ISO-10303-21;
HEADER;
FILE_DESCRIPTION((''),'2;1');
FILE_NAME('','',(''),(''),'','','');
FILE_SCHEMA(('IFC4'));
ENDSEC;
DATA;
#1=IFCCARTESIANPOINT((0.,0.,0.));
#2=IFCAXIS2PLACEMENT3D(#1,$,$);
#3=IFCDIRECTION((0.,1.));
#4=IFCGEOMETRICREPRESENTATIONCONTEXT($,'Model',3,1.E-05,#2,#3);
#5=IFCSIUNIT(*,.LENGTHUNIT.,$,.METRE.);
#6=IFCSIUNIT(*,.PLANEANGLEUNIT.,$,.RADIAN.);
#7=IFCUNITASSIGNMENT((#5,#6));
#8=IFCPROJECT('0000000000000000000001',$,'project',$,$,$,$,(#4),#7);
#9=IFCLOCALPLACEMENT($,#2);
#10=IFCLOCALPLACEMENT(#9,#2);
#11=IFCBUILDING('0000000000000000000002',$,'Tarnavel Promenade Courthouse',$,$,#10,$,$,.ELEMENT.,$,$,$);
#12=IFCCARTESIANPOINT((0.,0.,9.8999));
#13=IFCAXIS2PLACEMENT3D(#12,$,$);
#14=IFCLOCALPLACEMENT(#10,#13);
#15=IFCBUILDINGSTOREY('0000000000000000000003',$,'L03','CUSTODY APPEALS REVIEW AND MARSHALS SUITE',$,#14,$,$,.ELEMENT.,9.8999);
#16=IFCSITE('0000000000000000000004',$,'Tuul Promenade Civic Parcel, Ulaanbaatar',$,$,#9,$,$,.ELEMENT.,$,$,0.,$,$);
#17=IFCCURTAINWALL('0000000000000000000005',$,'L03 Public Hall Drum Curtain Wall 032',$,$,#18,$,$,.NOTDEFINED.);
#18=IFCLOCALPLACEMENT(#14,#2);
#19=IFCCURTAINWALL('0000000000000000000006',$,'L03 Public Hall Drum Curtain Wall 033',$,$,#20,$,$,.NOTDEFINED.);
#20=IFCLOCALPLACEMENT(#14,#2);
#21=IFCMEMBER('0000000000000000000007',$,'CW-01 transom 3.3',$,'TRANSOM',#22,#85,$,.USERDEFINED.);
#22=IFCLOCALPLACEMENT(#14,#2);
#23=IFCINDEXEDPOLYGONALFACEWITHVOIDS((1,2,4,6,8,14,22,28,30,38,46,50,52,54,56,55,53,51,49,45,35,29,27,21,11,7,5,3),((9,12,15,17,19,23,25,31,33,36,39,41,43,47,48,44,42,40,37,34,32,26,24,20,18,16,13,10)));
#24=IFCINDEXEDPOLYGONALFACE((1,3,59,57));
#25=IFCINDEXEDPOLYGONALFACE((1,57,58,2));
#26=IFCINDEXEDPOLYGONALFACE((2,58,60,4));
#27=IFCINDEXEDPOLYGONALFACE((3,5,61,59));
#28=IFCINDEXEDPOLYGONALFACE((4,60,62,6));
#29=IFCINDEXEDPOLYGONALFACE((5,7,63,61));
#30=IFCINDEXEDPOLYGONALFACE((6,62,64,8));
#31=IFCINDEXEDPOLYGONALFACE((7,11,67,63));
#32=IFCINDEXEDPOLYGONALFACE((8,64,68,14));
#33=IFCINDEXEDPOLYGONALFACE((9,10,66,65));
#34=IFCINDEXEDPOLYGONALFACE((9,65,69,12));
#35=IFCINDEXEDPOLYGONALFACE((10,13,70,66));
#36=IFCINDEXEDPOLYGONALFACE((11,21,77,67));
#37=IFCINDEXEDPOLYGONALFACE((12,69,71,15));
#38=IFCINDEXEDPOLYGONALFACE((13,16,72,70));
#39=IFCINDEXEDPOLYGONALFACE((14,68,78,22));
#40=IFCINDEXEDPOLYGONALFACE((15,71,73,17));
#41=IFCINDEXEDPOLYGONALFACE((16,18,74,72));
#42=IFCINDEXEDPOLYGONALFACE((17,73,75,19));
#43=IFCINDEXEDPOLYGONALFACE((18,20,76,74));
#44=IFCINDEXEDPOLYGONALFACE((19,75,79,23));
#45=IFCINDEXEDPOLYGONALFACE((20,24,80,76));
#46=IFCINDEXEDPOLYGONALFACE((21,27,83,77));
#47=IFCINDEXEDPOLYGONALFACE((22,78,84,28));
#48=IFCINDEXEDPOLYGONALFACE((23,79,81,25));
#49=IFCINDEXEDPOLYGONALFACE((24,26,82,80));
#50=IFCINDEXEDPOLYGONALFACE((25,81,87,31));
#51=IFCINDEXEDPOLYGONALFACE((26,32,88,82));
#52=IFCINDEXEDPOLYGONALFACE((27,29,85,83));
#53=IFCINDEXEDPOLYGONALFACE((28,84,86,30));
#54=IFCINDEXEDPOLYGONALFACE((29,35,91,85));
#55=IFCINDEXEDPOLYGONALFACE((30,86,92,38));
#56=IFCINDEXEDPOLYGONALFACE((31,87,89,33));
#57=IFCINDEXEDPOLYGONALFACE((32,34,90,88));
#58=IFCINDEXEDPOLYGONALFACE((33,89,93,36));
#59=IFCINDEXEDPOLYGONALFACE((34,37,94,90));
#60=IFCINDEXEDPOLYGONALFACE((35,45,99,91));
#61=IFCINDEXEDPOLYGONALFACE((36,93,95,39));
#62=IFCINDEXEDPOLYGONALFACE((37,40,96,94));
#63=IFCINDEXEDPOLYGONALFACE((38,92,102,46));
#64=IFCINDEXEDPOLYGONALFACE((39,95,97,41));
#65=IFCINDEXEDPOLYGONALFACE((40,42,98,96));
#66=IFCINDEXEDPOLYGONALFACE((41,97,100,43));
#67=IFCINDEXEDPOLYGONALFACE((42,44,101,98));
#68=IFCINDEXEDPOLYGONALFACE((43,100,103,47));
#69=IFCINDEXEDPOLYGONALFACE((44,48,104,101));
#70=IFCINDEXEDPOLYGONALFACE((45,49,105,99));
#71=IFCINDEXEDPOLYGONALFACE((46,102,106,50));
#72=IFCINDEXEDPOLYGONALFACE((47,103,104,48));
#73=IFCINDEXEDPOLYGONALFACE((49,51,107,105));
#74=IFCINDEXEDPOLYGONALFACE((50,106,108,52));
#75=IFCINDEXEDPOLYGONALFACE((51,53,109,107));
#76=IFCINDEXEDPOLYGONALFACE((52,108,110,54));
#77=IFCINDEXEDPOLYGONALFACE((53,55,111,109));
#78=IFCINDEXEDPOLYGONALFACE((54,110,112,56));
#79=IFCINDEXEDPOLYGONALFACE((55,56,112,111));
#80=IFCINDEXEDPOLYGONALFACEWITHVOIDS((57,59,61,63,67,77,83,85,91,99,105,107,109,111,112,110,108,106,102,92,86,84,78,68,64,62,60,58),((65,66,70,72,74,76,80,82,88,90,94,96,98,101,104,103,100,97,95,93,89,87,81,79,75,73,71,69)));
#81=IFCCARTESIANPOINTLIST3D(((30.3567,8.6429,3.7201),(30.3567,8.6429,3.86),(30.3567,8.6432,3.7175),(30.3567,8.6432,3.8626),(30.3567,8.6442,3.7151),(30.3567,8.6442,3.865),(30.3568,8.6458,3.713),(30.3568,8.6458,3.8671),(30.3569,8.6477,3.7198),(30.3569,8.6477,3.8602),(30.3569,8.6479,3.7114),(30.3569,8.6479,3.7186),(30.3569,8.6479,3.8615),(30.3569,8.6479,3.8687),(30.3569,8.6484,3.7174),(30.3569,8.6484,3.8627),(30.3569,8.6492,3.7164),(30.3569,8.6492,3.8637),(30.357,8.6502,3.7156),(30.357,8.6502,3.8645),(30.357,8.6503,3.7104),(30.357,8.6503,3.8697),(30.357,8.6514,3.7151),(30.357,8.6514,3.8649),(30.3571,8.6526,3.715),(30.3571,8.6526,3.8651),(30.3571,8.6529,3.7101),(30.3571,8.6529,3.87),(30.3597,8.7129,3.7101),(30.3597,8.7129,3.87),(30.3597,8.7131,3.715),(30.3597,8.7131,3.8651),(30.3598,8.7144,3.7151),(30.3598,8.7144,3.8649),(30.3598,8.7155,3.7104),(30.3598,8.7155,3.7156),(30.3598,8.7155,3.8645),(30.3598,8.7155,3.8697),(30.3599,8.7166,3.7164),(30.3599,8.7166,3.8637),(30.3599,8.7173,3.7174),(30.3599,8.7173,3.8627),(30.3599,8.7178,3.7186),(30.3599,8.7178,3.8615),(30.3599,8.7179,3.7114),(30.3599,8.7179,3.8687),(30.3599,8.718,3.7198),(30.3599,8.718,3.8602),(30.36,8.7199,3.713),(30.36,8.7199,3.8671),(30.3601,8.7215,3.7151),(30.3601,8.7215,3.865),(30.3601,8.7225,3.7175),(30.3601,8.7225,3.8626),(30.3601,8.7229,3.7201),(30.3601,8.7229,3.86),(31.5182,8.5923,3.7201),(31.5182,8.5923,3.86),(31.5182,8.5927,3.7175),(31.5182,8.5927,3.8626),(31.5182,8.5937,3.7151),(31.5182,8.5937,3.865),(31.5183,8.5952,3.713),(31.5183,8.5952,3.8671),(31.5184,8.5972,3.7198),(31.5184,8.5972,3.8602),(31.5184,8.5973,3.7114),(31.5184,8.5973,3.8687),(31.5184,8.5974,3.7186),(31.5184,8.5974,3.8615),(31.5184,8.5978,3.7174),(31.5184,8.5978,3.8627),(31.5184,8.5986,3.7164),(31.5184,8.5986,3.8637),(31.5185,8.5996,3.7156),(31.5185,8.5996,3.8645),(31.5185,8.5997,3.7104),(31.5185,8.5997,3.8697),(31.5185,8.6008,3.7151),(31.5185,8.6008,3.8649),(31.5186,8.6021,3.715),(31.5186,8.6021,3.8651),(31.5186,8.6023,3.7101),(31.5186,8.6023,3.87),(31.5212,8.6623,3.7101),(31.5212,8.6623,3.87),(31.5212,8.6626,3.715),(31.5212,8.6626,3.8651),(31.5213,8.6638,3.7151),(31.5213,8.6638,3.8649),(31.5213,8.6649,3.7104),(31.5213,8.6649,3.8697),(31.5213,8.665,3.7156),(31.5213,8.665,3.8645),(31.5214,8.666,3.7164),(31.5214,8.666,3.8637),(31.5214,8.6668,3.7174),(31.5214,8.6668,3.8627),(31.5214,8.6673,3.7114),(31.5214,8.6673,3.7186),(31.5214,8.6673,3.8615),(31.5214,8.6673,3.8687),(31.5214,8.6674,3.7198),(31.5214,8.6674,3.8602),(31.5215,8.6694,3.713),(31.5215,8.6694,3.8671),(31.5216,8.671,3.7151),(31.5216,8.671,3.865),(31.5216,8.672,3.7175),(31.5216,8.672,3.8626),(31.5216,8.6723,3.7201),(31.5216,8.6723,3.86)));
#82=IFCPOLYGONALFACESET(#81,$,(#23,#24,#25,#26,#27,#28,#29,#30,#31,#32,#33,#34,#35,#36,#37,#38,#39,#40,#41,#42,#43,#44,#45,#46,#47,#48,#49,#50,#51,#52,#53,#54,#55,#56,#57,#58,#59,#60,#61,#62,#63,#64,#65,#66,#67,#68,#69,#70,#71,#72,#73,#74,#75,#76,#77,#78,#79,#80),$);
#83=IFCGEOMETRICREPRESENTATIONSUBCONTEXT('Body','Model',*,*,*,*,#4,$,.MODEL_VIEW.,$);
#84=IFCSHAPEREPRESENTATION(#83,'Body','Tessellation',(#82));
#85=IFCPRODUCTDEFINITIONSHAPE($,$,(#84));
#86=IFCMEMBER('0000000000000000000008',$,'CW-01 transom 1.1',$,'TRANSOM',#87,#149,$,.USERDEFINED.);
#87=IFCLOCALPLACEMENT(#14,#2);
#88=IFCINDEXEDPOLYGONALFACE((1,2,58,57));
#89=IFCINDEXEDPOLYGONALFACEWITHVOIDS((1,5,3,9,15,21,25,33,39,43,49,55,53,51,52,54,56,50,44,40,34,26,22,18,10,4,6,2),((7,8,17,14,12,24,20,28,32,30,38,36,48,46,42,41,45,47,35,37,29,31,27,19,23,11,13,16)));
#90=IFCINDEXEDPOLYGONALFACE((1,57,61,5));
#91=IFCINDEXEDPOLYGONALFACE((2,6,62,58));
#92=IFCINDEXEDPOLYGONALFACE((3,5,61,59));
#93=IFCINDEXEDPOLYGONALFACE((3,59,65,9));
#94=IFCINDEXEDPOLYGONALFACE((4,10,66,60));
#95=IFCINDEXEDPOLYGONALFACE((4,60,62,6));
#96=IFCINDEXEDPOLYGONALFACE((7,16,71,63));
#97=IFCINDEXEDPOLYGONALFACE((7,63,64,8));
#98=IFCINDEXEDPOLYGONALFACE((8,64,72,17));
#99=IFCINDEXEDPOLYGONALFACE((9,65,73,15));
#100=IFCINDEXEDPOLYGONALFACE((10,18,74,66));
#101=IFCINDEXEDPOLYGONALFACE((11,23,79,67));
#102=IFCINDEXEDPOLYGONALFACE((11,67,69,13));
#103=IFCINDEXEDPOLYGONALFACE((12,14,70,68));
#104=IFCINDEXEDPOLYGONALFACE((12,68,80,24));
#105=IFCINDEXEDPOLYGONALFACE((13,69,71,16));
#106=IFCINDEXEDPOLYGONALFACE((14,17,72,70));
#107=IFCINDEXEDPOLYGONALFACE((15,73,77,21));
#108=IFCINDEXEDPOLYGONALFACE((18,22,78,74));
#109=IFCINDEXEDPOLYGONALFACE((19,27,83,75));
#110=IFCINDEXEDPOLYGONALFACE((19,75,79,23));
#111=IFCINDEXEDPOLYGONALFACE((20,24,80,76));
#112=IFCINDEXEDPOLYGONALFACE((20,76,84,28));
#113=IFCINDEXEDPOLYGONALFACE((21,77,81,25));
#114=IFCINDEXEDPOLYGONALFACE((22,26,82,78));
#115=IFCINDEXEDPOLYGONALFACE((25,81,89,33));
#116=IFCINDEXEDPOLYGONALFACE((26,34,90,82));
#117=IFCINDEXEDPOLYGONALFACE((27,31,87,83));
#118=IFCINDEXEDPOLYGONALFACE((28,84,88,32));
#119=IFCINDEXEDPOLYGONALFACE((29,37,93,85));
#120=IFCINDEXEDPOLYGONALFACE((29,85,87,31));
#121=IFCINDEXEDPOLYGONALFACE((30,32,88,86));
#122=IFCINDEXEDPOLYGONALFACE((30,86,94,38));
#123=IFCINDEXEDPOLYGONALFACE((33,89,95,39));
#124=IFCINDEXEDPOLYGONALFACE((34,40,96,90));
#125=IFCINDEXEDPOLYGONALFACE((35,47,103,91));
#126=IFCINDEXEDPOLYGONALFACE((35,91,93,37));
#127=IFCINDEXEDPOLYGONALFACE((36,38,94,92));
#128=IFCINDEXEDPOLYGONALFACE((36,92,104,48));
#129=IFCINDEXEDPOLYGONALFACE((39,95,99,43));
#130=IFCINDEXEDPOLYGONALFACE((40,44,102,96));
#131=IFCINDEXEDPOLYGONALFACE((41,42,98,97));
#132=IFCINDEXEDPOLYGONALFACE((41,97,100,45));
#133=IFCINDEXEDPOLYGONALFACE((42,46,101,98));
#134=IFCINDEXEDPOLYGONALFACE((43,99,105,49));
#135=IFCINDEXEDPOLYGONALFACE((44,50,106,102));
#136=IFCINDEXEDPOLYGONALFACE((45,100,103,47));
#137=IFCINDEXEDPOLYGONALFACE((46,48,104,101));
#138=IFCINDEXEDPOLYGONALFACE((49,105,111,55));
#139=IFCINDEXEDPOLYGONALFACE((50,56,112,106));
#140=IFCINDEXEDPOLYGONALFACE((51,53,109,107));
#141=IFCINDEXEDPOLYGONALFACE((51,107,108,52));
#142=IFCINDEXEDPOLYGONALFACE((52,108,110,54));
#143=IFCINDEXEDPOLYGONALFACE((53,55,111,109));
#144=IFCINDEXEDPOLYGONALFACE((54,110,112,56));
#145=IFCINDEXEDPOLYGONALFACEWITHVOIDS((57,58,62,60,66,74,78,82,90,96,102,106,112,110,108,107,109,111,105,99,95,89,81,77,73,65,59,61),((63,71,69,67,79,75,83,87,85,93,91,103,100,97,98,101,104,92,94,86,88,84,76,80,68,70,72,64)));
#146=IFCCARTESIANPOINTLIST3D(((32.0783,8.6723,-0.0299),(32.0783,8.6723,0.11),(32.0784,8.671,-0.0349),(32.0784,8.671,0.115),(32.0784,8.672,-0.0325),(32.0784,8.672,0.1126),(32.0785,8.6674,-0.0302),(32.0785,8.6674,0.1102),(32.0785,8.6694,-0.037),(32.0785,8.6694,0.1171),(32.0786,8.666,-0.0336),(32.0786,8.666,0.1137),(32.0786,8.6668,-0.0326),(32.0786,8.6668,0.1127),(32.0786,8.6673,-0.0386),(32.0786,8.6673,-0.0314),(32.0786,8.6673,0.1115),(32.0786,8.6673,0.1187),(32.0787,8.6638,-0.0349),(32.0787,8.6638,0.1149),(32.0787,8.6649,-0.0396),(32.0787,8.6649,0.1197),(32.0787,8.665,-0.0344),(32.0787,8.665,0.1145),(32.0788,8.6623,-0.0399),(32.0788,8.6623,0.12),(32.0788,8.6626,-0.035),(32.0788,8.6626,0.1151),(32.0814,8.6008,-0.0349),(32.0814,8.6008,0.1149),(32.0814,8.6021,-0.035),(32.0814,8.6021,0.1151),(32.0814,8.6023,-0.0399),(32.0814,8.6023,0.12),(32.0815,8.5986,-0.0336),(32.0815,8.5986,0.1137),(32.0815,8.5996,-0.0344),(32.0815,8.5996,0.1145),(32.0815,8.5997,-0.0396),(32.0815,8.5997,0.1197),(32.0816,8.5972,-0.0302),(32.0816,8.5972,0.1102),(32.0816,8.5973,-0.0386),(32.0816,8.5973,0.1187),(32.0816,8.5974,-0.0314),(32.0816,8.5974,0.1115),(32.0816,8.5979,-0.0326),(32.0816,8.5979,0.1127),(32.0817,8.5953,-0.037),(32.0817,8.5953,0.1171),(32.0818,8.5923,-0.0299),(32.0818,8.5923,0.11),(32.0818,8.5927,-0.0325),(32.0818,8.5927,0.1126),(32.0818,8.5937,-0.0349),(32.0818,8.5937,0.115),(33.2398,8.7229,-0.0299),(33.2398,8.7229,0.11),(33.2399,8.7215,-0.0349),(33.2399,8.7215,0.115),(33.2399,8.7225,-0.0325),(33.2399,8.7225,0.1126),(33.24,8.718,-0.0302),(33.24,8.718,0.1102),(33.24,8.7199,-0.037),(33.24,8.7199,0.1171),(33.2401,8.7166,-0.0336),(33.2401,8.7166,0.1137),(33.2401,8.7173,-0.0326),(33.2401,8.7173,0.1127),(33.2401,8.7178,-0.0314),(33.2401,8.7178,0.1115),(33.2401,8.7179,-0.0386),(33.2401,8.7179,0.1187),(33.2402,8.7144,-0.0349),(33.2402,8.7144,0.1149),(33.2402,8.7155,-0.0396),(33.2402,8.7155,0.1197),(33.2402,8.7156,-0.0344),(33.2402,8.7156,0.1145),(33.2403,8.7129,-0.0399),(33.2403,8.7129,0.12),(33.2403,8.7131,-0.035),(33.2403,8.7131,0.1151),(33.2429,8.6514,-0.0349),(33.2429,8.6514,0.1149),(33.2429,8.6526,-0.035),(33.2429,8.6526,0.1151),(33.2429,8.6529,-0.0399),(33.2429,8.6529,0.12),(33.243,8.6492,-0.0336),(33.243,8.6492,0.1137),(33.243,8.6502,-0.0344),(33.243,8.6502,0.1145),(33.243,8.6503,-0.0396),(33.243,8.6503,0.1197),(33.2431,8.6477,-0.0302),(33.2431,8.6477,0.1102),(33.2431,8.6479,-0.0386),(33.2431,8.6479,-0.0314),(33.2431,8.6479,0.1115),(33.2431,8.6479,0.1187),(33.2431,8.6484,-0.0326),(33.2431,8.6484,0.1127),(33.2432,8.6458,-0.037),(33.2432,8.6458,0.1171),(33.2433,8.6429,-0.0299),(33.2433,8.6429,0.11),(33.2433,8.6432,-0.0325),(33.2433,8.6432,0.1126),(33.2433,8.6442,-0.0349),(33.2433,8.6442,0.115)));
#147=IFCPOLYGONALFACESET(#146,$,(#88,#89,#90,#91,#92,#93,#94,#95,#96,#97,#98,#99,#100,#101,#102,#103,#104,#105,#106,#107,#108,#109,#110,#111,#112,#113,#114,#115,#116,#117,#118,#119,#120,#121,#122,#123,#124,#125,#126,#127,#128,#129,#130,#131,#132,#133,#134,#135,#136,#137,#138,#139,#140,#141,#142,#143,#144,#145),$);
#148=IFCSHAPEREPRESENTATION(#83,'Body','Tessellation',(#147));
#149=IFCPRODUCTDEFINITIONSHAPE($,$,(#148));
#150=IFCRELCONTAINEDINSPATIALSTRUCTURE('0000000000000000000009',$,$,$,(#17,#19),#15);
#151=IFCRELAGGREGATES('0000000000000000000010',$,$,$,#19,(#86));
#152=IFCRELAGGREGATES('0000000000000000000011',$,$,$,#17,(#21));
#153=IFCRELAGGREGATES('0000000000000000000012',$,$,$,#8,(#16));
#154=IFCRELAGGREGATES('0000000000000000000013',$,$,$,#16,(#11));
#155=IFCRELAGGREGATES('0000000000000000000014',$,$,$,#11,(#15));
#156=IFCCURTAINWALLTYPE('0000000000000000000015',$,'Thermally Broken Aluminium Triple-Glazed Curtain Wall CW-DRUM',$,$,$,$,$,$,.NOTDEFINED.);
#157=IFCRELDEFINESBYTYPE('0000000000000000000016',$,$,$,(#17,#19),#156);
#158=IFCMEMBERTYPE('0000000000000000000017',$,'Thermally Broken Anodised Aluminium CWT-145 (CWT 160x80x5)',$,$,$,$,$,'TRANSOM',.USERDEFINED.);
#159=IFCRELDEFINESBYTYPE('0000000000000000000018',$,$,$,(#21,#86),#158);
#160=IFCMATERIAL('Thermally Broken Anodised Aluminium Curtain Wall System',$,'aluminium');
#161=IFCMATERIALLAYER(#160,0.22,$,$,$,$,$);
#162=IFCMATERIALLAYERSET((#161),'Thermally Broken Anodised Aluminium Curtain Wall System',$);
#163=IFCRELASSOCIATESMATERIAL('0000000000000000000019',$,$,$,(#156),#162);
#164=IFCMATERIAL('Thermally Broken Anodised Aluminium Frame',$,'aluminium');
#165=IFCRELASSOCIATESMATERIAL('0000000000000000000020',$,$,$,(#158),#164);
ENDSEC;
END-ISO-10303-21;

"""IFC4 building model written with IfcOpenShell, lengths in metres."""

from ifc_helpers import new_model, si_unit, direction, frame, origin, origin_2d, place, context, subcontext, project, spatial, hollow_rectangle, extrude, material, layer, layer_set, material_profile, profile_set, type_object, element, aggregate, save


model = new_model("IFC4")

# Units and contexts
model_context = context("Model", 3, precision=1e-05, world=origin(), true_north=direction((0.0, 1.0)))
body_context = subcontext(model_context, "Body", "Model", "MODEL_VIEW")
ifc_project = project(units=[si_unit("LENGTHUNIT", "METRE"), si_unit("PLANEANGLEUNIT", "RADIAN")], contexts=[model_context])

# Site, building, storey
site_placement = place(None, origin())
site = spatial("IfcSite", under=ifc_project, at=site_placement, Name="Tuul Promenade Civic Parcel, Ulaanbaatar", CompositionType="ELEMENT", RefElevation=0.0)
building_placement = place(site_placement, origin())
building = spatial("IfcBuilding", under=site, at=building_placement, Name="Tarnavel Promenade Courthouse", CompositionType="ELEMENT")
storey_placement = place(building_placement, frame((0.0, 0.0, 9.8999)))
storey = spatial("IfcBuildingStorey", under=building, at=storey_placement, Name="L03", Description="CUSTODY APPEALS REVIEW AND MARSHALS SUITE", CompositionType="ELEMENT", Elevation=9.8999)

# Curtain wall
ifc_material_1 = material(Name="Thermally Broken Anodised Aluminium Curtain Wall System", Category="aluminium")
ifc_layer_1 = layer(ifc_material_1, 0.22)
ifc_layer_set_1 = layer_set([ifc_layer_1], Name="Thermally Broken Anodised Aluminium Curtain Wall System")
curtain_wall_type = type_object("IfcCurtainWallType", Name="Thermally Broken Aluminium Triple-Glazed Curtain Wall CW-DRUM", PredefinedType="NOTDEFINED", material=ifc_layer_set_1)
curtain_wall_1_placement = place(storey_placement, origin())
curtain_wall_1 = element("IfcCurtainWall", 1, at=curtain_wall_1_placement, inside=storey, type_object=curtain_wall_type, Name="L03 Public Hall Drum Curtain Wall 032", PredefinedType="NOTDEFINED")
ifc_material_2 = material(Name="Thermally Broken Anodised Aluminium Frame", Category="aluminium")

# Curtain wall
curtain_wall_2_placement = place(storey_placement, origin())
curtain_wall_2 = element("IfcCurtainWall", 2, at=curtain_wall_2_placement, inside=storey, type_object=curtain_wall_type, Name="L03 Public Hall Drum Curtain Wall 033", PredefinedType="NOTDEFINED")

# Members
ifc_material_profile_1 = material_profile(ifc_material_2, hollow_rectangle(XDim=0.0801, YDim=0.1599, WallThickness=0.0049, InnerFilletRadius=0.0049, OuterFilletRadius=0.01, at=origin_2d()), Name="CWT 160x80x5")
ifc_profile_set_1 = profile_set([ifc_material_profile_1], Name="Thermally Broken Anodised Aluminium Frame")
member_type_1 = type_object("IfcMemberType", Name="Thermally Broken Anodised Aluminium CWT-145 (CWT 160x80x5)", ElementType="TRANSOM", PredefinedType="USERDEFINED", material=ifc_profile_set_1)
member_1_placement = place(storey_placement, frame((30.3584, 8.6829, 3.79), z_axis=(0.999055, -0.043474, 0.0), x_axis=(0.043474, 0.999055, 0.0)))
member_1 = element("IfcMember", 3, at=member_1_placement, type_object=member_type_1, Name="CW-01 transom 3.3", ObjectType="TRANSOM", PredefinedType="USERDEFINED", context=body_context, shape_type="SweptSolid", body=[
    extrude(hollow_rectangle(XDim=0.0801, YDim=0.1599, WallThickness=0.0049, InnerFilletRadius=0.0049, OuterFilletRadius=0.01, at=origin_2d()), origin(), (0.0, 0.0, 1.0), 1.1626),
])
member_2_placement = place(storey_placement, frame((32.0801, 8.6323, 0.04), z_axis=(0.999055, 0.043474, 0.0), x_axis=(-0.043474, 0.999055, 0.0)))
member_2 = element("IfcMember", 4, at=member_2_placement, type_object=member_type_1, Name="CW-01 transom 1.1", ObjectType="TRANSOM", PredefinedType="USERDEFINED", context=body_context, shape_type="SweptSolid", body=[
    extrude(hollow_rectangle(XDim=0.0801, YDim=0.1599, WallThickness=0.0049, InnerFilletRadius=0.0049, OuterFilletRadius=0.01, at=origin_2d()), origin(), (0.0, 0.0, 1.0), 1.1626),
])
aggregate(curtain_wall_2, [member_2])

aggregate(curtain_wall_1, [member_1])

save(model, "model.ifc")
